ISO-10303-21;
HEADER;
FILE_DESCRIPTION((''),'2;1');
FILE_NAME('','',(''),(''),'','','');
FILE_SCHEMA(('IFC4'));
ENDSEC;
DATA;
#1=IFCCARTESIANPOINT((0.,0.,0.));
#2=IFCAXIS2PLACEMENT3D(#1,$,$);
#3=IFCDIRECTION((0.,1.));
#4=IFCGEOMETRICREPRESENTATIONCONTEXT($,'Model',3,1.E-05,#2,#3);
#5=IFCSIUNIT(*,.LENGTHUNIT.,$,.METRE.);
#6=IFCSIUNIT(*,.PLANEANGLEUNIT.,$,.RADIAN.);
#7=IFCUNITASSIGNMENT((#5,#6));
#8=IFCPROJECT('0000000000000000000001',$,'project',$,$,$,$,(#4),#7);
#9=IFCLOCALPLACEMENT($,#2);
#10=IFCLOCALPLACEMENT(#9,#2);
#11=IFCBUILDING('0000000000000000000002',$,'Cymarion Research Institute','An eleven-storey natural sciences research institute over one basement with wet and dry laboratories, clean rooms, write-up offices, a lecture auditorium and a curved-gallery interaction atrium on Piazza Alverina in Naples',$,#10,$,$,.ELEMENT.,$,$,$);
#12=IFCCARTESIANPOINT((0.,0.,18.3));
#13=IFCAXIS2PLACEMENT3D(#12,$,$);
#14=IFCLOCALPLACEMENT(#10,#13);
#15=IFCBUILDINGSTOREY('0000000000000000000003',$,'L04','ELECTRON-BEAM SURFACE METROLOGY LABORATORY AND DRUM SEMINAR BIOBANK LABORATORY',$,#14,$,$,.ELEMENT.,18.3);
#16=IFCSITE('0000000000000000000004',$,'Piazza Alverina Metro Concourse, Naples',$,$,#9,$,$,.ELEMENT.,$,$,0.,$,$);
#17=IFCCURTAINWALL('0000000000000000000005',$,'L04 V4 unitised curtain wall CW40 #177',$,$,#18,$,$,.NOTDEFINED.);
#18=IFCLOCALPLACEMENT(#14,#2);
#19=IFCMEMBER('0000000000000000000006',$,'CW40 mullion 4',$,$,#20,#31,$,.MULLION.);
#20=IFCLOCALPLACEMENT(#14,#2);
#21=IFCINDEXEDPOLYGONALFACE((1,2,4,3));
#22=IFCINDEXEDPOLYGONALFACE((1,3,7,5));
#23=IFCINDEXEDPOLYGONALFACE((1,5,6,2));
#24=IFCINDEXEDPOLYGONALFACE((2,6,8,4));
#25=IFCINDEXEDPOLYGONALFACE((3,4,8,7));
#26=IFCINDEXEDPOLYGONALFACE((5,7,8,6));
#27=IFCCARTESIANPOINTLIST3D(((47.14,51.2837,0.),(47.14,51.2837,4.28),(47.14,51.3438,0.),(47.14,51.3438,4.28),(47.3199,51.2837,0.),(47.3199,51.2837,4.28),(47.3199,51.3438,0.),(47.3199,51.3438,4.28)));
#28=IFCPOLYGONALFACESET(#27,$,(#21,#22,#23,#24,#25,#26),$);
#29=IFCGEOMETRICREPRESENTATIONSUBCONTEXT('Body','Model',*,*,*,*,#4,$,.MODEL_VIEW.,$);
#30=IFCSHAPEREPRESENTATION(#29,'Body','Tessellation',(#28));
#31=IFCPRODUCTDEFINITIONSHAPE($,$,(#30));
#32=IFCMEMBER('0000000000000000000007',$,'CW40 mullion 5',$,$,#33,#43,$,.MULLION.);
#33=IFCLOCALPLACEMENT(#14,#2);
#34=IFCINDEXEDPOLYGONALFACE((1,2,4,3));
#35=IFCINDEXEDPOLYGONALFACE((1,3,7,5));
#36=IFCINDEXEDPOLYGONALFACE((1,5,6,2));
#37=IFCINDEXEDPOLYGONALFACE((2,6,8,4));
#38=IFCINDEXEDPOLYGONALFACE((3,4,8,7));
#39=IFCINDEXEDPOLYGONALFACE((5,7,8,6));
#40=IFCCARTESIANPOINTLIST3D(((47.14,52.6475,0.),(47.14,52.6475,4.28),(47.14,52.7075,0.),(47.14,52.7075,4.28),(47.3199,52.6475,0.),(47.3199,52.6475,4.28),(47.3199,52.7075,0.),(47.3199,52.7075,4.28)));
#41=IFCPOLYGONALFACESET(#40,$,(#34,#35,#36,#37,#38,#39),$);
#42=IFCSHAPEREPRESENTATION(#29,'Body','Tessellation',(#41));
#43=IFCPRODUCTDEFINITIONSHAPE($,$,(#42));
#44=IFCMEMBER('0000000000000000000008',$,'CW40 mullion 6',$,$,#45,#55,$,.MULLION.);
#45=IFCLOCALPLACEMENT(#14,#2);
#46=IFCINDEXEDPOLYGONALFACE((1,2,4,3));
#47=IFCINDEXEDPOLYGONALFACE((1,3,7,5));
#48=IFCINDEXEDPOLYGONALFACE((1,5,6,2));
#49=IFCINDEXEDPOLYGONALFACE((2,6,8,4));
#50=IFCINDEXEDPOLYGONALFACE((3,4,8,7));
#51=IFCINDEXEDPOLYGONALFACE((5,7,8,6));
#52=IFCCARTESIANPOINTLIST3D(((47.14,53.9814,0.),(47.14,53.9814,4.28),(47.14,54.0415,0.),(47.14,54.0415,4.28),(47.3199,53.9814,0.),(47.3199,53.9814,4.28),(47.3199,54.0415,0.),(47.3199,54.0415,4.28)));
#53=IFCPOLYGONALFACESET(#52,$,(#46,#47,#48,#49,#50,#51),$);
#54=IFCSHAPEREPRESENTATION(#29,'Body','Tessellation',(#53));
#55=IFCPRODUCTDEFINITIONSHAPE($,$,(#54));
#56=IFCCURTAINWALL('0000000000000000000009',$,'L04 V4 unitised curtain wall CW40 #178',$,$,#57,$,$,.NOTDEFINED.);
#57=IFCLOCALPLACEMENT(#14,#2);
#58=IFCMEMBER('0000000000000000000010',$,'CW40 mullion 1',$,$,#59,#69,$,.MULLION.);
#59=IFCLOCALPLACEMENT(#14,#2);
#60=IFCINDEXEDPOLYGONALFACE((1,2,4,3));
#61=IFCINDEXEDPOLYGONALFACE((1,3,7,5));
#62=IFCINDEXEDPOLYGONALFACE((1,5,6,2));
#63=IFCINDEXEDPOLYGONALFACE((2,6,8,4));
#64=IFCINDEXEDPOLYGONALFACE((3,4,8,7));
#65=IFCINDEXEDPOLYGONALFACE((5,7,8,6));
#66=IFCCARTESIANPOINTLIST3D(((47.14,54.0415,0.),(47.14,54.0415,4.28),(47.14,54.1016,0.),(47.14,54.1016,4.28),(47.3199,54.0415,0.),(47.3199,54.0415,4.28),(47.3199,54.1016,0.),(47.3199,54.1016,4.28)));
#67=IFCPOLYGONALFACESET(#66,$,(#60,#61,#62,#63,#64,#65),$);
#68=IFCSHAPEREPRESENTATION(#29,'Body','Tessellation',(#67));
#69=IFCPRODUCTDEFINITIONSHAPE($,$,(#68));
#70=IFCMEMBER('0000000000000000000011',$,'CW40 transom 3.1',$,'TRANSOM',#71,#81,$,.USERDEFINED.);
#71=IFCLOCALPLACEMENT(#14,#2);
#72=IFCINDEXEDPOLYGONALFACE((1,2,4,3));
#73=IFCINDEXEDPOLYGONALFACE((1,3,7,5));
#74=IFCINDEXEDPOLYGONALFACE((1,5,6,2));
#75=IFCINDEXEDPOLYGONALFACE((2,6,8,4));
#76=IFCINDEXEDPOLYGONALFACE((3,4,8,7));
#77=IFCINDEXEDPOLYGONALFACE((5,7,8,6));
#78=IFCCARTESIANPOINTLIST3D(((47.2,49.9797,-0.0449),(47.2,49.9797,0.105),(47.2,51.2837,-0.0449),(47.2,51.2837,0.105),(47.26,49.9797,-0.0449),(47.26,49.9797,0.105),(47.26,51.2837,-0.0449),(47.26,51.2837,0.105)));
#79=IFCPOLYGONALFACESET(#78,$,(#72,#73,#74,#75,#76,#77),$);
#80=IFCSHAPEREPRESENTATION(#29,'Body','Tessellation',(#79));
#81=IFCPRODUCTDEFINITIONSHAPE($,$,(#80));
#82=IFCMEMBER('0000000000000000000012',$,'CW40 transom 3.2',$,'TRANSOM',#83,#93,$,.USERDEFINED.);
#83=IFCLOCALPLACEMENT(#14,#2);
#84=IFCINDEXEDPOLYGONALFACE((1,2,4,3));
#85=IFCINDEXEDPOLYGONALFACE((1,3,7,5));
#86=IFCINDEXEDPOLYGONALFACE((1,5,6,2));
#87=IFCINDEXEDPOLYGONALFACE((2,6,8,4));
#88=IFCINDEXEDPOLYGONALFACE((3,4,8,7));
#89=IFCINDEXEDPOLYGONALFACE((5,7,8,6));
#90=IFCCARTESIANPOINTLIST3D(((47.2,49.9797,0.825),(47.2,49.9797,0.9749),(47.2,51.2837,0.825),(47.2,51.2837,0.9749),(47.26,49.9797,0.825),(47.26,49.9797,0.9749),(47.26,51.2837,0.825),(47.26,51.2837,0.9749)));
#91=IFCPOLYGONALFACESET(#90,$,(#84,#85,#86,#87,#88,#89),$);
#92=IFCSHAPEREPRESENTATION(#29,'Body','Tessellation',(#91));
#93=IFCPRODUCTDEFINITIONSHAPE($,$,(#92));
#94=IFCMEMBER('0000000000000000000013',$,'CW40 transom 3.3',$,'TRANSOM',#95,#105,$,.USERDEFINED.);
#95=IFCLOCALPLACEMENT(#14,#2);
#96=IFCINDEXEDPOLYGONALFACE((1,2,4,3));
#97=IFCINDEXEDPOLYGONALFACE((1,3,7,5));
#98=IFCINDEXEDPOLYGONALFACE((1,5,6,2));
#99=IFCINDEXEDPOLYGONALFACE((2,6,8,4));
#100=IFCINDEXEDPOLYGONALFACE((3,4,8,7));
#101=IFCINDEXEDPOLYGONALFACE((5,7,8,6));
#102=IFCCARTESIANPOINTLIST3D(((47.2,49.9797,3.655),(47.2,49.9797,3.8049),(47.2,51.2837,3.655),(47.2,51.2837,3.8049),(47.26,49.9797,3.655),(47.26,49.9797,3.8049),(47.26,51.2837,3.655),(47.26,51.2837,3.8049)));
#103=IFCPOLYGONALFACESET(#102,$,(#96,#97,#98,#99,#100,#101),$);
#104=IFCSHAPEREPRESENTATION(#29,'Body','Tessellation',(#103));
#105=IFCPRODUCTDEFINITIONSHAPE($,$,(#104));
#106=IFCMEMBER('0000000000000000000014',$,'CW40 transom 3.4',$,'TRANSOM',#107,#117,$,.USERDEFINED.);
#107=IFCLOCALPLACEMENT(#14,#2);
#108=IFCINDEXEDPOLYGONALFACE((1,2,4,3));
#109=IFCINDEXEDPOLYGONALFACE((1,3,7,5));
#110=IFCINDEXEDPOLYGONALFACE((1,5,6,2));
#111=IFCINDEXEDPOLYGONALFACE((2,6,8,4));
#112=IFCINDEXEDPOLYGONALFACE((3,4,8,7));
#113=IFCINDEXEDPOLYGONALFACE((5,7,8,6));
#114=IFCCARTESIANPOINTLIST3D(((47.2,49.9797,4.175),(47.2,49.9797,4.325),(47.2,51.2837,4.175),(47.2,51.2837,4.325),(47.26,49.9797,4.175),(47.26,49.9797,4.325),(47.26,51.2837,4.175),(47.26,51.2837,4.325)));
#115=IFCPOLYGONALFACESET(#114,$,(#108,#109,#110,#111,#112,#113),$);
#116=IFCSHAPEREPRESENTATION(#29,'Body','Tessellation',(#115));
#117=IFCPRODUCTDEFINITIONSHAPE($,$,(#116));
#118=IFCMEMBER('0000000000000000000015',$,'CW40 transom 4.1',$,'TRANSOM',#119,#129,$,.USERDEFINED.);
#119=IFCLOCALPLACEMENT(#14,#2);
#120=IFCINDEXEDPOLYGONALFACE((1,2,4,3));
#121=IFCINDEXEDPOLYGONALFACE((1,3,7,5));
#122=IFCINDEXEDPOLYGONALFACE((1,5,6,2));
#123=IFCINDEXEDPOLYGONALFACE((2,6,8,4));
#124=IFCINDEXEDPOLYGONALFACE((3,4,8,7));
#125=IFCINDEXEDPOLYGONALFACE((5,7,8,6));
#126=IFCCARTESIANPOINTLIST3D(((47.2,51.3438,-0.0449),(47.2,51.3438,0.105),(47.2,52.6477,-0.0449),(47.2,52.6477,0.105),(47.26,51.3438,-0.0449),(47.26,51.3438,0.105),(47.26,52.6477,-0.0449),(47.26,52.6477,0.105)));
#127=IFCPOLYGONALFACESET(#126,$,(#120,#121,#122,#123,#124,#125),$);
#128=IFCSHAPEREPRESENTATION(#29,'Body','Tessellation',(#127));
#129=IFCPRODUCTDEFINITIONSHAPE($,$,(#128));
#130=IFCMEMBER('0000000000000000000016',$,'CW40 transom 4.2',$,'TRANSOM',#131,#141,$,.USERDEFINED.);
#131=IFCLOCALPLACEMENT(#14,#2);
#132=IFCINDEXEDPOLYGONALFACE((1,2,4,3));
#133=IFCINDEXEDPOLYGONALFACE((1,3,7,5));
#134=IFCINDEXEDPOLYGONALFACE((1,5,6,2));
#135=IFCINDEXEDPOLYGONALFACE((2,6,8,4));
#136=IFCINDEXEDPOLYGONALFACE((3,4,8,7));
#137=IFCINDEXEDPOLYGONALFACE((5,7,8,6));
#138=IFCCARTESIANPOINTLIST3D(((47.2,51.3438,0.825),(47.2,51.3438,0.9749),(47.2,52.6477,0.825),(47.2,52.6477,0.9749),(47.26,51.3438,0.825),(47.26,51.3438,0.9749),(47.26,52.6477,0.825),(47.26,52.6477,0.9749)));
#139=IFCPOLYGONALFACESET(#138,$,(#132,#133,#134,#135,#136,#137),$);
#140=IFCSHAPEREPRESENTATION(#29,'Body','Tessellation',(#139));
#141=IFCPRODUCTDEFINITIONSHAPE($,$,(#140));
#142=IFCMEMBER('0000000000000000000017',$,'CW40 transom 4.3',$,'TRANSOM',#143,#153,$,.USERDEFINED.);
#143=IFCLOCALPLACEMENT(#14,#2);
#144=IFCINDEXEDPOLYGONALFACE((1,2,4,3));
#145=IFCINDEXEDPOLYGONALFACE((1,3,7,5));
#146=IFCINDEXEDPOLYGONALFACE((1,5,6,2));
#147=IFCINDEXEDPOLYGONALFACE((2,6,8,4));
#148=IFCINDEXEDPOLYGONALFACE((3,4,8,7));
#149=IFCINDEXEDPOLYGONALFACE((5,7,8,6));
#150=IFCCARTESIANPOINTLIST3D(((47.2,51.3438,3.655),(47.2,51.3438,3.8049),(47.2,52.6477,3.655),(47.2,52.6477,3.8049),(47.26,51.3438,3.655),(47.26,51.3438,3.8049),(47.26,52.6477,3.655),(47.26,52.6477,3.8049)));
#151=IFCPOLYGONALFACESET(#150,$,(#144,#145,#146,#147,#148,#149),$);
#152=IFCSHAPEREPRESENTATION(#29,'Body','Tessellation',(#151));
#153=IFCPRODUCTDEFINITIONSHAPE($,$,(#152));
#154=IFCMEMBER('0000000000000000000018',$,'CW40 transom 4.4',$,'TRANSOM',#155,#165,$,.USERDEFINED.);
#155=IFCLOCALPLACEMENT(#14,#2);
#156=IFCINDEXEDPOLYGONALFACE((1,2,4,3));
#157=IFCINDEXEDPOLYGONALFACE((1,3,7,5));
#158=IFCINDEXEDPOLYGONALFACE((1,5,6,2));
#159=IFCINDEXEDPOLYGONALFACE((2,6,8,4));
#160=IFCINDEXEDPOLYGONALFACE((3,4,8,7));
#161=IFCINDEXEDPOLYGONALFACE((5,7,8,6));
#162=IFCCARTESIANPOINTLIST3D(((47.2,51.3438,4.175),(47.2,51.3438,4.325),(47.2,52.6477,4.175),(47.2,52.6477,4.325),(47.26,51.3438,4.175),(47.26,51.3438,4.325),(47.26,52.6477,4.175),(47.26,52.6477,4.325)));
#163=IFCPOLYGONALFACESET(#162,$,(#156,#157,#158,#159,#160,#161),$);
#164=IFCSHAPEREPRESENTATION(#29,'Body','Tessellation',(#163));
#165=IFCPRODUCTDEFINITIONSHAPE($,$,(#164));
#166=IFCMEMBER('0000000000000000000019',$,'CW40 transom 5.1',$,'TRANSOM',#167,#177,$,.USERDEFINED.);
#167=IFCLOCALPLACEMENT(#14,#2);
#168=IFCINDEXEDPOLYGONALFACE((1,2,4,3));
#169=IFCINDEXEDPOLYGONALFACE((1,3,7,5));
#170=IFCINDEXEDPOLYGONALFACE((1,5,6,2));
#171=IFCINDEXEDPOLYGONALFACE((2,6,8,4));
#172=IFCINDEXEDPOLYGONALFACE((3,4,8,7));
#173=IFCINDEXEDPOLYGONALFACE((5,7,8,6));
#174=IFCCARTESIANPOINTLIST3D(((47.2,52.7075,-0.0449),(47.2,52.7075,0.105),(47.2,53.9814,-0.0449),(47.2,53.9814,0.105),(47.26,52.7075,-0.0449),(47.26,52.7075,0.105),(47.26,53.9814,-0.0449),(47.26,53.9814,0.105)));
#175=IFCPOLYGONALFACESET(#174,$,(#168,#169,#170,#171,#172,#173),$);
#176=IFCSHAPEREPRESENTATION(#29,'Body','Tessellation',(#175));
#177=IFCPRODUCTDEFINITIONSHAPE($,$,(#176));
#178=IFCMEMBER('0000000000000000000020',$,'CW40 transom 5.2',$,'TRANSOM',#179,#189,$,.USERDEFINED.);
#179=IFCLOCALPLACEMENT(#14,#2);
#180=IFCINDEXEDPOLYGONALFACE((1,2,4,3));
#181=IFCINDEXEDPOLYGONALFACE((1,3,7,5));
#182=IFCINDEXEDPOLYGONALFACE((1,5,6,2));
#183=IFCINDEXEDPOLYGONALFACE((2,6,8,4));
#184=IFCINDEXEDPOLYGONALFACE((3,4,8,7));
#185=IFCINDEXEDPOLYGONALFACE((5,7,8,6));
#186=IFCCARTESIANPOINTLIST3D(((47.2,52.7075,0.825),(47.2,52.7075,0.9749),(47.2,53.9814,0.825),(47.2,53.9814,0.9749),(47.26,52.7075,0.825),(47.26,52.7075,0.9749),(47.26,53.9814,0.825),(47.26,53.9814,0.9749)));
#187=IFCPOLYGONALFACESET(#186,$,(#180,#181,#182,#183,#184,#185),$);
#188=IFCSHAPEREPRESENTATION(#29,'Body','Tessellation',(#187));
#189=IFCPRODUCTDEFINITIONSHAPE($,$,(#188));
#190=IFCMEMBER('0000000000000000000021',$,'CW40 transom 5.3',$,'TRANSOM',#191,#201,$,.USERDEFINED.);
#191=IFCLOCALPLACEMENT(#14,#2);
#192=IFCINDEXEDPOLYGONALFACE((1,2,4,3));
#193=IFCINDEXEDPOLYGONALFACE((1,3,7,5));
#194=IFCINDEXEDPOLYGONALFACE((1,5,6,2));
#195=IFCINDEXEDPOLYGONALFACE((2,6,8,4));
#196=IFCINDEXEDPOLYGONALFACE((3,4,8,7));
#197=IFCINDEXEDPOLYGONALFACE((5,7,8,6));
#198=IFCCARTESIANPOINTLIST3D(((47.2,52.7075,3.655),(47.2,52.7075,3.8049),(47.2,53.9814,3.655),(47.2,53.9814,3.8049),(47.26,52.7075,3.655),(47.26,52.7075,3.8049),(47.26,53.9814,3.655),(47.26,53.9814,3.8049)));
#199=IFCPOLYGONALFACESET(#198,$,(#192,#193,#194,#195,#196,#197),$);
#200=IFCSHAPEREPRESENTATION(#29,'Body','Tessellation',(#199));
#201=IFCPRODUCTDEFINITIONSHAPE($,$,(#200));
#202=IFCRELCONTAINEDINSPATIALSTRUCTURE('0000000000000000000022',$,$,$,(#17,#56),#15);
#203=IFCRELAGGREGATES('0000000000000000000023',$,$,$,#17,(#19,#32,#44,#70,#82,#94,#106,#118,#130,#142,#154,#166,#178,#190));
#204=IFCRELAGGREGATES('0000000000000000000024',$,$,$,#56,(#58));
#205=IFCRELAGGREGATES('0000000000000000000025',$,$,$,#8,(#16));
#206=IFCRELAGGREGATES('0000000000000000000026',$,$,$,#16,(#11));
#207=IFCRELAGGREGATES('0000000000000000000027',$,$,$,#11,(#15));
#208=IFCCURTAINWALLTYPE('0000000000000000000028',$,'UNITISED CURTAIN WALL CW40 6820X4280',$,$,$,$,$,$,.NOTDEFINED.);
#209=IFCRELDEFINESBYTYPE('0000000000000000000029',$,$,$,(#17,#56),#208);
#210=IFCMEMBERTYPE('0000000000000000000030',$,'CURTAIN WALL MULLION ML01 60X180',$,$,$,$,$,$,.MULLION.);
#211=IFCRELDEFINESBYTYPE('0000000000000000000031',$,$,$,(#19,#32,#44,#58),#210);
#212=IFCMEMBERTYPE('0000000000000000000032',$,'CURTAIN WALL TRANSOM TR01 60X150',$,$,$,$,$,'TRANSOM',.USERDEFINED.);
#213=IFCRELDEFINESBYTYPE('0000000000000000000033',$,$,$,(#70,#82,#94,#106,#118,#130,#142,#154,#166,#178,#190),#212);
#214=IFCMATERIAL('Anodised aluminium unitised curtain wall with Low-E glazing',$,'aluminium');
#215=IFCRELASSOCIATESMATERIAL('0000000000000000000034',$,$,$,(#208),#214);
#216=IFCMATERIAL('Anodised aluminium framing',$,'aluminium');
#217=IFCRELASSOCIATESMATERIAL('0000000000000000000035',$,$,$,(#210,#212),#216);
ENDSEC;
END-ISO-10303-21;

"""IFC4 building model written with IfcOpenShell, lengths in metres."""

from ifc_helpers import new_model, si_unit, direction, frame, origin, origin_2d, place, context, subcontext, project, spatial, rectangle, extrude, material, material_profile, profile_set, type_object, element, aggregate, save


model = new_model("IFC4")

# Units and contexts
model_context = context("Model", 3, precision=1e-05, world=origin(), true_north=direction((0.0, 1.0)))
body_context = subcontext(model_context, "Body", "Model", "MODEL_VIEW")
ifc_project = project(units=[si_unit("LENGTHUNIT", "METRE"), si_unit("PLANEANGLEUNIT", "RADIAN")], contexts=[model_context])

# Site, building, storey
site_placement = place(None, origin())
site = spatial("IfcSite", under=ifc_project, at=site_placement, Name="Piazza Alverina Metro Concourse, Naples", CompositionType="ELEMENT", RefElevation=0.0)
building_placement = place(site_placement, origin())
building = spatial("IfcBuilding", under=site, at=building_placement, Name="Cymarion Research Institute", Description="An eleven-storey natural sciences research institute over one basement with wet and dry laboratories, clean rooms, write-up offices, a lecture auditorium and a curved-gallery interaction atrium on Piazza Alverina in Naples", CompositionType="ELEMENT")
storey_placement = place(building_placement, frame((0.0, 0.0, 18.3)))
storey = spatial("IfcBuildingStorey", under=building, at=storey_placement, Name="L04", Description="ELECTRON-BEAM SURFACE METROLOGY LABORATORY AND DRUM SEMINAR BIOBANK LABORATORY", CompositionType="ELEMENT", Elevation=18.3)

# Curtain wall, members
ifc_material_1 = material(Name="Anodised aluminium unitised curtain wall with Low-E glazing", Category="aluminium")
curtain_wall_type = type_object("IfcCurtainWallType", Name="UNITISED CURTAIN WALL CW40 6820X4280", PredefinedType="NOTDEFINED", material=ifc_material_1)
curtain_wall_1_placement = place(storey_placement, origin())
curtain_wall_1 = element("IfcCurtainWall", 1, at=curtain_wall_1_placement, inside=storey, type_object=curtain_wall_type, Name="L04 V4 unitised curtain wall CW40 #177", PredefinedType="NOTDEFINED")
ifc_material_2 = material(Name="Anodised aluminium framing", Category="aluminium")
ifc_material_profile_1 = material_profile(ifc_material_2, rectangle(XDim=0.0601, YDim=0.1799, at=origin_2d()), Name="ALU MULLION 60x180")
ifc_profile_set_1 = profile_set([ifc_material_profile_1], Name="Anodised aluminium framing")
member_type_1 = type_object("IfcMemberType", Name="CURTAIN WALL MULLION ML01 60X180", PredefinedType="MULLION", material=ifc_profile_set_1)
member_1_placement = place(storey_placement, frame((47.23, 51.3137, 0.0), z_axis=(0.0, 0.0, 1.0), x_axis=(0.0, 1.0, 0.0)))
member_1 = element("IfcMember", 2, at=member_1_placement, type_object=member_type_1, Name="CW40 mullion 4", PredefinedType="MULLION", context=body_context, shape_type="SweptSolid", body=[
    extrude(rectangle(XDim=0.0601, YDim=0.1799, at=origin_2d()), origin(), (0.0, 0.0, 1.0), 4.28),
])
member_2_placement = place(storey_placement, frame((47.23, 52.6775, 0.0), z_axis=(0.0, 0.0, 1.0), x_axis=(0.0, 1.0, 0.0)))
member_2 = element("IfcMember", 3, at=member_2_placement, type_object=member_type_1, Name="CW40 mullion 5", PredefinedType="MULLION", context=body_context, shape_type="SweptSolid", body=[
    extrude(rectangle(XDim=0.0601, YDim=0.1799, at=origin_2d()), origin(), (0.0, 0.0, 1.0), 4.28),
])
member_3_placement = place(storey_placement, frame((47.23, 54.0115, 0.0), z_axis=(0.0, 0.0, 1.0), x_axis=(0.0, 1.0, 0.0)))
member_3 = element("IfcMember", 4, at=member_3_placement, type_object=member_type_1, Name="CW40 mullion 6", PredefinedType="MULLION", context=body_context, shape_type="SweptSolid", body=[
    extrude(rectangle(XDim=0.0601, YDim=0.1799, at=origin_2d()), origin(), (0.0, 0.0, 1.0), 4.28),
])

# Curtain wall, member
curtain_wall_2_placement = place(storey_placement, origin())
curtain_wall_2 = element("IfcCurtainWall", 5, at=curtain_wall_2_placement, inside=storey, type_object=curtain_wall_type, Name="L04 V4 unitised curtain wall CW40 #178", PredefinedType="NOTDEFINED")
member_4_placement = place(storey_placement, frame((47.23, 54.0715, 0.0), z_axis=(0.0, 0.0, 1.0), x_axis=(0.0, 1.0, 0.0)))
member_4 = element("IfcMember", 6, at=member_4_placement, type_object=member_type_1, Name="CW40 mullion 1", PredefinedType="MULLION", context=body_context, shape_type="SweptSolid", body=[
    extrude(rectangle(XDim=0.0601, YDim=0.1799, at=origin_2d()), origin(), (0.0, 0.0, 1.0), 4.28),
])

# Members
ifc_material_profile_2 = material_profile(ifc_material_2, rectangle(XDim=0.0601, YDim=0.1499, at=origin_2d()), Name="ALU TRANSOM 60x150")
ifc_profile_set_2 = profile_set([ifc_material_profile_2], Name="Anodised aluminium framing")
member_type_2 = type_object("IfcMemberType", Name="CURTAIN WALL TRANSOM TR01 60X150", ElementType="TRANSOM", PredefinedType="USERDEFINED", material=ifc_profile_set_2)
member_5_placement = place(storey_placement, frame((47.23, 49.9797, 0.03), z_axis=(0.0, 1.0, 0.0), x_axis=(-1.0, 0.0, 0.0)))
member_5 = element("IfcMember", 7, at=member_5_placement, type_object=member_type_2, Name="CW40 transom 3.1", ObjectType="TRANSOM", PredefinedType="USERDEFINED", context=body_context, shape_type="SweptSolid", body=[
    extrude(rectangle(XDim=0.0601, YDim=0.1499, at=origin_2d()), origin(), (0.0, 0.0, 1.0), 1.304),
])
member_6_placement = place(storey_placement, frame((47.23, 49.9797, 0.8999), z_axis=(0.0, 1.0, 0.0), x_axis=(-1.0, 0.0, 0.0)))
member_6 = element("IfcMember", 8, at=member_6_placement, type_object=member_type_2, Name="CW40 transom 3.2", ObjectType="TRANSOM", PredefinedType="USERDEFINED", context=body_context, shape_type="SweptSolid", body=[
    extrude(rectangle(XDim=0.0601, YDim=0.1499, at=origin_2d()), origin(), (0.0, 0.0, 1.0), 1.304),
])
member_7_placement = place(storey_placement, frame((47.23, 49.9797, 3.73), z_axis=(0.0, 1.0, 0.0), x_axis=(-1.0, 0.0, 0.0)))
member_7 = element("IfcMember", 9, at=member_7_placement, type_object=member_type_2, Name="CW40 transom 3.3", ObjectType="TRANSOM", PredefinedType="USERDEFINED", context=body_context, shape_type="SweptSolid", body=[
    extrude(rectangle(XDim=0.0601, YDim=0.1499, at=origin_2d()), origin(), (0.0, 0.0, 1.0), 1.304),
])
member_8_placement = place(storey_placement, frame((47.23, 49.9797, 4.25), z_axis=(0.0, 1.0, 0.0), x_axis=(-1.0, 0.0, 0.0)))
member_8 = element("IfcMember", 10, at=member_8_placement, type_object=member_type_2, Name="CW40 transom 3.4", ObjectType="TRANSOM", PredefinedType="USERDEFINED", context=body_context, shape_type="SweptSolid", body=[
    extrude(rectangle(XDim=0.0601, YDim=0.1499, at=origin_2d()), origin(), (0.0, 0.0, 1.0), 1.304),
])
member_9_placement = place(storey_placement, frame((47.23, 51.3438, 0.03), z_axis=(0.0, 1.0, 0.0), x_axis=(-1.0, 0.0, 0.0)))
member_9 = element("IfcMember", 11, at=member_9_placement, type_object=member_type_2, Name="CW40 transom 4.1", ObjectType="TRANSOM", PredefinedType="USERDEFINED", context=body_context, shape_type="SweptSolid", body=[
    extrude(rectangle(XDim=0.0601, YDim=0.1499, at=origin_2d()), origin(), (0.0, 0.0, 1.0), 1.304),
])
member_10_placement = place(storey_placement, frame((47.23, 51.3438, 0.8999), z_axis=(0.0, 1.0, 0.0), x_axis=(-1.0, 0.0, 0.0)))
member_10 = element("IfcMember", 12, at=member_10_placement, type_object=member_type_2, Name="CW40 transom 4.2", ObjectType="TRANSOM", PredefinedType="USERDEFINED", context=body_context, shape_type="SweptSolid", body=[
    extrude(rectangle(XDim=0.0601, YDim=0.1499, at=origin_2d()), origin(), (0.0, 0.0, 1.0), 1.304),
])
member_11_placement = place(storey_placement, frame((47.23, 51.3438, 3.73), z_axis=(0.0, 1.0, 0.0), x_axis=(-1.0, 0.0, 0.0)))
member_11 = element("IfcMember", 13, at=member_11_placement, type_object=member_type_2, Name="CW40 transom 4.3", ObjectType="TRANSOM", PredefinedType="USERDEFINED", context=body_context, shape_type="SweptSolid", body=[
    extrude(rectangle(XDim=0.0601, YDim=0.1499, at=origin_2d()), origin(), (0.0, 0.0, 1.0), 1.304),
])
member_12_placement = place(storey_placement, frame((47.23, 51.3438, 4.25), z_axis=(0.0, 1.0, 0.0), x_axis=(-1.0, 0.0, 0.0)))
member_12 = element("IfcMember", 14, at=member_12_placement, type_object=member_type_2, Name="CW40 transom 4.4", ObjectType="TRANSOM", PredefinedType="USERDEFINED", context=body_context, shape_type="SweptSolid", body=[
    extrude(rectangle(XDim=0.0601, YDim=0.1499, at=origin_2d()), origin(), (0.0, 0.0, 1.0), 1.304),
])
member_13_placement = place(storey_placement, frame((47.23, 52.7075, 0.03), z_axis=(0.0, 1.0, 0.0), x_axis=(-1.0, 0.0, 0.0)))
member_13 = element("IfcMember", 15, at=member_13_placement, type_object=member_type_2, Name="CW40 transom 5.1", ObjectType="TRANSOM", PredefinedType="USERDEFINED", context=body_context, shape_type="SweptSolid", body=[
    extrude(rectangle(XDim=0.0601, YDim=0.1499, at=origin_2d()), origin(), (0.0, 0.0, 1.0), 1.2739),
])
member_14_placement = place(storey_placement, frame((47.23, 52.7075, 0.8999), z_axis=(0.0, 1.0, 0.0), x_axis=(-1.0, 0.0, 0.0)))
member_14 = element("IfcMember", 16, at=member_14_placement, type_object=member_type_2, Name="CW40 transom 5.2", ObjectType="TRANSOM", PredefinedType="USERDEFINED", context=body_context, shape_type="SweptSolid", body=[
    extrude(rectangle(XDim=0.0601, YDim=0.1499, at=origin_2d()), origin(), (0.0, 0.0, 1.0), 1.2739),
])
member_15_placement = place(storey_placement, frame((47.23, 52.7075, 3.73), z_axis=(0.0, 1.0, 0.0), x_axis=(-1.0, 0.0, 0.0)))
member_15 = element("IfcMember", 17, at=member_15_placement, type_object=member_type_2, Name="CW40 transom 5.3", ObjectType="TRANSOM", PredefinedType="USERDEFINED", context=body_context, shape_type="SweptSolid", body=[
    extrude(rectangle(XDim=0.0601, YDim=0.1499, at=origin_2d()), origin(), (0.0, 0.0, 1.0), 1.2739),
])

aggregate(curtain_wall_1, [member_1, member_2, member_3, member_5, member_6, member_7, member_8, member_9, member_10, member_11, member_12, member_13, member_14, member_15])
aggregate(curtain_wall_2, [member_4])

save(model, "model.ifc")
